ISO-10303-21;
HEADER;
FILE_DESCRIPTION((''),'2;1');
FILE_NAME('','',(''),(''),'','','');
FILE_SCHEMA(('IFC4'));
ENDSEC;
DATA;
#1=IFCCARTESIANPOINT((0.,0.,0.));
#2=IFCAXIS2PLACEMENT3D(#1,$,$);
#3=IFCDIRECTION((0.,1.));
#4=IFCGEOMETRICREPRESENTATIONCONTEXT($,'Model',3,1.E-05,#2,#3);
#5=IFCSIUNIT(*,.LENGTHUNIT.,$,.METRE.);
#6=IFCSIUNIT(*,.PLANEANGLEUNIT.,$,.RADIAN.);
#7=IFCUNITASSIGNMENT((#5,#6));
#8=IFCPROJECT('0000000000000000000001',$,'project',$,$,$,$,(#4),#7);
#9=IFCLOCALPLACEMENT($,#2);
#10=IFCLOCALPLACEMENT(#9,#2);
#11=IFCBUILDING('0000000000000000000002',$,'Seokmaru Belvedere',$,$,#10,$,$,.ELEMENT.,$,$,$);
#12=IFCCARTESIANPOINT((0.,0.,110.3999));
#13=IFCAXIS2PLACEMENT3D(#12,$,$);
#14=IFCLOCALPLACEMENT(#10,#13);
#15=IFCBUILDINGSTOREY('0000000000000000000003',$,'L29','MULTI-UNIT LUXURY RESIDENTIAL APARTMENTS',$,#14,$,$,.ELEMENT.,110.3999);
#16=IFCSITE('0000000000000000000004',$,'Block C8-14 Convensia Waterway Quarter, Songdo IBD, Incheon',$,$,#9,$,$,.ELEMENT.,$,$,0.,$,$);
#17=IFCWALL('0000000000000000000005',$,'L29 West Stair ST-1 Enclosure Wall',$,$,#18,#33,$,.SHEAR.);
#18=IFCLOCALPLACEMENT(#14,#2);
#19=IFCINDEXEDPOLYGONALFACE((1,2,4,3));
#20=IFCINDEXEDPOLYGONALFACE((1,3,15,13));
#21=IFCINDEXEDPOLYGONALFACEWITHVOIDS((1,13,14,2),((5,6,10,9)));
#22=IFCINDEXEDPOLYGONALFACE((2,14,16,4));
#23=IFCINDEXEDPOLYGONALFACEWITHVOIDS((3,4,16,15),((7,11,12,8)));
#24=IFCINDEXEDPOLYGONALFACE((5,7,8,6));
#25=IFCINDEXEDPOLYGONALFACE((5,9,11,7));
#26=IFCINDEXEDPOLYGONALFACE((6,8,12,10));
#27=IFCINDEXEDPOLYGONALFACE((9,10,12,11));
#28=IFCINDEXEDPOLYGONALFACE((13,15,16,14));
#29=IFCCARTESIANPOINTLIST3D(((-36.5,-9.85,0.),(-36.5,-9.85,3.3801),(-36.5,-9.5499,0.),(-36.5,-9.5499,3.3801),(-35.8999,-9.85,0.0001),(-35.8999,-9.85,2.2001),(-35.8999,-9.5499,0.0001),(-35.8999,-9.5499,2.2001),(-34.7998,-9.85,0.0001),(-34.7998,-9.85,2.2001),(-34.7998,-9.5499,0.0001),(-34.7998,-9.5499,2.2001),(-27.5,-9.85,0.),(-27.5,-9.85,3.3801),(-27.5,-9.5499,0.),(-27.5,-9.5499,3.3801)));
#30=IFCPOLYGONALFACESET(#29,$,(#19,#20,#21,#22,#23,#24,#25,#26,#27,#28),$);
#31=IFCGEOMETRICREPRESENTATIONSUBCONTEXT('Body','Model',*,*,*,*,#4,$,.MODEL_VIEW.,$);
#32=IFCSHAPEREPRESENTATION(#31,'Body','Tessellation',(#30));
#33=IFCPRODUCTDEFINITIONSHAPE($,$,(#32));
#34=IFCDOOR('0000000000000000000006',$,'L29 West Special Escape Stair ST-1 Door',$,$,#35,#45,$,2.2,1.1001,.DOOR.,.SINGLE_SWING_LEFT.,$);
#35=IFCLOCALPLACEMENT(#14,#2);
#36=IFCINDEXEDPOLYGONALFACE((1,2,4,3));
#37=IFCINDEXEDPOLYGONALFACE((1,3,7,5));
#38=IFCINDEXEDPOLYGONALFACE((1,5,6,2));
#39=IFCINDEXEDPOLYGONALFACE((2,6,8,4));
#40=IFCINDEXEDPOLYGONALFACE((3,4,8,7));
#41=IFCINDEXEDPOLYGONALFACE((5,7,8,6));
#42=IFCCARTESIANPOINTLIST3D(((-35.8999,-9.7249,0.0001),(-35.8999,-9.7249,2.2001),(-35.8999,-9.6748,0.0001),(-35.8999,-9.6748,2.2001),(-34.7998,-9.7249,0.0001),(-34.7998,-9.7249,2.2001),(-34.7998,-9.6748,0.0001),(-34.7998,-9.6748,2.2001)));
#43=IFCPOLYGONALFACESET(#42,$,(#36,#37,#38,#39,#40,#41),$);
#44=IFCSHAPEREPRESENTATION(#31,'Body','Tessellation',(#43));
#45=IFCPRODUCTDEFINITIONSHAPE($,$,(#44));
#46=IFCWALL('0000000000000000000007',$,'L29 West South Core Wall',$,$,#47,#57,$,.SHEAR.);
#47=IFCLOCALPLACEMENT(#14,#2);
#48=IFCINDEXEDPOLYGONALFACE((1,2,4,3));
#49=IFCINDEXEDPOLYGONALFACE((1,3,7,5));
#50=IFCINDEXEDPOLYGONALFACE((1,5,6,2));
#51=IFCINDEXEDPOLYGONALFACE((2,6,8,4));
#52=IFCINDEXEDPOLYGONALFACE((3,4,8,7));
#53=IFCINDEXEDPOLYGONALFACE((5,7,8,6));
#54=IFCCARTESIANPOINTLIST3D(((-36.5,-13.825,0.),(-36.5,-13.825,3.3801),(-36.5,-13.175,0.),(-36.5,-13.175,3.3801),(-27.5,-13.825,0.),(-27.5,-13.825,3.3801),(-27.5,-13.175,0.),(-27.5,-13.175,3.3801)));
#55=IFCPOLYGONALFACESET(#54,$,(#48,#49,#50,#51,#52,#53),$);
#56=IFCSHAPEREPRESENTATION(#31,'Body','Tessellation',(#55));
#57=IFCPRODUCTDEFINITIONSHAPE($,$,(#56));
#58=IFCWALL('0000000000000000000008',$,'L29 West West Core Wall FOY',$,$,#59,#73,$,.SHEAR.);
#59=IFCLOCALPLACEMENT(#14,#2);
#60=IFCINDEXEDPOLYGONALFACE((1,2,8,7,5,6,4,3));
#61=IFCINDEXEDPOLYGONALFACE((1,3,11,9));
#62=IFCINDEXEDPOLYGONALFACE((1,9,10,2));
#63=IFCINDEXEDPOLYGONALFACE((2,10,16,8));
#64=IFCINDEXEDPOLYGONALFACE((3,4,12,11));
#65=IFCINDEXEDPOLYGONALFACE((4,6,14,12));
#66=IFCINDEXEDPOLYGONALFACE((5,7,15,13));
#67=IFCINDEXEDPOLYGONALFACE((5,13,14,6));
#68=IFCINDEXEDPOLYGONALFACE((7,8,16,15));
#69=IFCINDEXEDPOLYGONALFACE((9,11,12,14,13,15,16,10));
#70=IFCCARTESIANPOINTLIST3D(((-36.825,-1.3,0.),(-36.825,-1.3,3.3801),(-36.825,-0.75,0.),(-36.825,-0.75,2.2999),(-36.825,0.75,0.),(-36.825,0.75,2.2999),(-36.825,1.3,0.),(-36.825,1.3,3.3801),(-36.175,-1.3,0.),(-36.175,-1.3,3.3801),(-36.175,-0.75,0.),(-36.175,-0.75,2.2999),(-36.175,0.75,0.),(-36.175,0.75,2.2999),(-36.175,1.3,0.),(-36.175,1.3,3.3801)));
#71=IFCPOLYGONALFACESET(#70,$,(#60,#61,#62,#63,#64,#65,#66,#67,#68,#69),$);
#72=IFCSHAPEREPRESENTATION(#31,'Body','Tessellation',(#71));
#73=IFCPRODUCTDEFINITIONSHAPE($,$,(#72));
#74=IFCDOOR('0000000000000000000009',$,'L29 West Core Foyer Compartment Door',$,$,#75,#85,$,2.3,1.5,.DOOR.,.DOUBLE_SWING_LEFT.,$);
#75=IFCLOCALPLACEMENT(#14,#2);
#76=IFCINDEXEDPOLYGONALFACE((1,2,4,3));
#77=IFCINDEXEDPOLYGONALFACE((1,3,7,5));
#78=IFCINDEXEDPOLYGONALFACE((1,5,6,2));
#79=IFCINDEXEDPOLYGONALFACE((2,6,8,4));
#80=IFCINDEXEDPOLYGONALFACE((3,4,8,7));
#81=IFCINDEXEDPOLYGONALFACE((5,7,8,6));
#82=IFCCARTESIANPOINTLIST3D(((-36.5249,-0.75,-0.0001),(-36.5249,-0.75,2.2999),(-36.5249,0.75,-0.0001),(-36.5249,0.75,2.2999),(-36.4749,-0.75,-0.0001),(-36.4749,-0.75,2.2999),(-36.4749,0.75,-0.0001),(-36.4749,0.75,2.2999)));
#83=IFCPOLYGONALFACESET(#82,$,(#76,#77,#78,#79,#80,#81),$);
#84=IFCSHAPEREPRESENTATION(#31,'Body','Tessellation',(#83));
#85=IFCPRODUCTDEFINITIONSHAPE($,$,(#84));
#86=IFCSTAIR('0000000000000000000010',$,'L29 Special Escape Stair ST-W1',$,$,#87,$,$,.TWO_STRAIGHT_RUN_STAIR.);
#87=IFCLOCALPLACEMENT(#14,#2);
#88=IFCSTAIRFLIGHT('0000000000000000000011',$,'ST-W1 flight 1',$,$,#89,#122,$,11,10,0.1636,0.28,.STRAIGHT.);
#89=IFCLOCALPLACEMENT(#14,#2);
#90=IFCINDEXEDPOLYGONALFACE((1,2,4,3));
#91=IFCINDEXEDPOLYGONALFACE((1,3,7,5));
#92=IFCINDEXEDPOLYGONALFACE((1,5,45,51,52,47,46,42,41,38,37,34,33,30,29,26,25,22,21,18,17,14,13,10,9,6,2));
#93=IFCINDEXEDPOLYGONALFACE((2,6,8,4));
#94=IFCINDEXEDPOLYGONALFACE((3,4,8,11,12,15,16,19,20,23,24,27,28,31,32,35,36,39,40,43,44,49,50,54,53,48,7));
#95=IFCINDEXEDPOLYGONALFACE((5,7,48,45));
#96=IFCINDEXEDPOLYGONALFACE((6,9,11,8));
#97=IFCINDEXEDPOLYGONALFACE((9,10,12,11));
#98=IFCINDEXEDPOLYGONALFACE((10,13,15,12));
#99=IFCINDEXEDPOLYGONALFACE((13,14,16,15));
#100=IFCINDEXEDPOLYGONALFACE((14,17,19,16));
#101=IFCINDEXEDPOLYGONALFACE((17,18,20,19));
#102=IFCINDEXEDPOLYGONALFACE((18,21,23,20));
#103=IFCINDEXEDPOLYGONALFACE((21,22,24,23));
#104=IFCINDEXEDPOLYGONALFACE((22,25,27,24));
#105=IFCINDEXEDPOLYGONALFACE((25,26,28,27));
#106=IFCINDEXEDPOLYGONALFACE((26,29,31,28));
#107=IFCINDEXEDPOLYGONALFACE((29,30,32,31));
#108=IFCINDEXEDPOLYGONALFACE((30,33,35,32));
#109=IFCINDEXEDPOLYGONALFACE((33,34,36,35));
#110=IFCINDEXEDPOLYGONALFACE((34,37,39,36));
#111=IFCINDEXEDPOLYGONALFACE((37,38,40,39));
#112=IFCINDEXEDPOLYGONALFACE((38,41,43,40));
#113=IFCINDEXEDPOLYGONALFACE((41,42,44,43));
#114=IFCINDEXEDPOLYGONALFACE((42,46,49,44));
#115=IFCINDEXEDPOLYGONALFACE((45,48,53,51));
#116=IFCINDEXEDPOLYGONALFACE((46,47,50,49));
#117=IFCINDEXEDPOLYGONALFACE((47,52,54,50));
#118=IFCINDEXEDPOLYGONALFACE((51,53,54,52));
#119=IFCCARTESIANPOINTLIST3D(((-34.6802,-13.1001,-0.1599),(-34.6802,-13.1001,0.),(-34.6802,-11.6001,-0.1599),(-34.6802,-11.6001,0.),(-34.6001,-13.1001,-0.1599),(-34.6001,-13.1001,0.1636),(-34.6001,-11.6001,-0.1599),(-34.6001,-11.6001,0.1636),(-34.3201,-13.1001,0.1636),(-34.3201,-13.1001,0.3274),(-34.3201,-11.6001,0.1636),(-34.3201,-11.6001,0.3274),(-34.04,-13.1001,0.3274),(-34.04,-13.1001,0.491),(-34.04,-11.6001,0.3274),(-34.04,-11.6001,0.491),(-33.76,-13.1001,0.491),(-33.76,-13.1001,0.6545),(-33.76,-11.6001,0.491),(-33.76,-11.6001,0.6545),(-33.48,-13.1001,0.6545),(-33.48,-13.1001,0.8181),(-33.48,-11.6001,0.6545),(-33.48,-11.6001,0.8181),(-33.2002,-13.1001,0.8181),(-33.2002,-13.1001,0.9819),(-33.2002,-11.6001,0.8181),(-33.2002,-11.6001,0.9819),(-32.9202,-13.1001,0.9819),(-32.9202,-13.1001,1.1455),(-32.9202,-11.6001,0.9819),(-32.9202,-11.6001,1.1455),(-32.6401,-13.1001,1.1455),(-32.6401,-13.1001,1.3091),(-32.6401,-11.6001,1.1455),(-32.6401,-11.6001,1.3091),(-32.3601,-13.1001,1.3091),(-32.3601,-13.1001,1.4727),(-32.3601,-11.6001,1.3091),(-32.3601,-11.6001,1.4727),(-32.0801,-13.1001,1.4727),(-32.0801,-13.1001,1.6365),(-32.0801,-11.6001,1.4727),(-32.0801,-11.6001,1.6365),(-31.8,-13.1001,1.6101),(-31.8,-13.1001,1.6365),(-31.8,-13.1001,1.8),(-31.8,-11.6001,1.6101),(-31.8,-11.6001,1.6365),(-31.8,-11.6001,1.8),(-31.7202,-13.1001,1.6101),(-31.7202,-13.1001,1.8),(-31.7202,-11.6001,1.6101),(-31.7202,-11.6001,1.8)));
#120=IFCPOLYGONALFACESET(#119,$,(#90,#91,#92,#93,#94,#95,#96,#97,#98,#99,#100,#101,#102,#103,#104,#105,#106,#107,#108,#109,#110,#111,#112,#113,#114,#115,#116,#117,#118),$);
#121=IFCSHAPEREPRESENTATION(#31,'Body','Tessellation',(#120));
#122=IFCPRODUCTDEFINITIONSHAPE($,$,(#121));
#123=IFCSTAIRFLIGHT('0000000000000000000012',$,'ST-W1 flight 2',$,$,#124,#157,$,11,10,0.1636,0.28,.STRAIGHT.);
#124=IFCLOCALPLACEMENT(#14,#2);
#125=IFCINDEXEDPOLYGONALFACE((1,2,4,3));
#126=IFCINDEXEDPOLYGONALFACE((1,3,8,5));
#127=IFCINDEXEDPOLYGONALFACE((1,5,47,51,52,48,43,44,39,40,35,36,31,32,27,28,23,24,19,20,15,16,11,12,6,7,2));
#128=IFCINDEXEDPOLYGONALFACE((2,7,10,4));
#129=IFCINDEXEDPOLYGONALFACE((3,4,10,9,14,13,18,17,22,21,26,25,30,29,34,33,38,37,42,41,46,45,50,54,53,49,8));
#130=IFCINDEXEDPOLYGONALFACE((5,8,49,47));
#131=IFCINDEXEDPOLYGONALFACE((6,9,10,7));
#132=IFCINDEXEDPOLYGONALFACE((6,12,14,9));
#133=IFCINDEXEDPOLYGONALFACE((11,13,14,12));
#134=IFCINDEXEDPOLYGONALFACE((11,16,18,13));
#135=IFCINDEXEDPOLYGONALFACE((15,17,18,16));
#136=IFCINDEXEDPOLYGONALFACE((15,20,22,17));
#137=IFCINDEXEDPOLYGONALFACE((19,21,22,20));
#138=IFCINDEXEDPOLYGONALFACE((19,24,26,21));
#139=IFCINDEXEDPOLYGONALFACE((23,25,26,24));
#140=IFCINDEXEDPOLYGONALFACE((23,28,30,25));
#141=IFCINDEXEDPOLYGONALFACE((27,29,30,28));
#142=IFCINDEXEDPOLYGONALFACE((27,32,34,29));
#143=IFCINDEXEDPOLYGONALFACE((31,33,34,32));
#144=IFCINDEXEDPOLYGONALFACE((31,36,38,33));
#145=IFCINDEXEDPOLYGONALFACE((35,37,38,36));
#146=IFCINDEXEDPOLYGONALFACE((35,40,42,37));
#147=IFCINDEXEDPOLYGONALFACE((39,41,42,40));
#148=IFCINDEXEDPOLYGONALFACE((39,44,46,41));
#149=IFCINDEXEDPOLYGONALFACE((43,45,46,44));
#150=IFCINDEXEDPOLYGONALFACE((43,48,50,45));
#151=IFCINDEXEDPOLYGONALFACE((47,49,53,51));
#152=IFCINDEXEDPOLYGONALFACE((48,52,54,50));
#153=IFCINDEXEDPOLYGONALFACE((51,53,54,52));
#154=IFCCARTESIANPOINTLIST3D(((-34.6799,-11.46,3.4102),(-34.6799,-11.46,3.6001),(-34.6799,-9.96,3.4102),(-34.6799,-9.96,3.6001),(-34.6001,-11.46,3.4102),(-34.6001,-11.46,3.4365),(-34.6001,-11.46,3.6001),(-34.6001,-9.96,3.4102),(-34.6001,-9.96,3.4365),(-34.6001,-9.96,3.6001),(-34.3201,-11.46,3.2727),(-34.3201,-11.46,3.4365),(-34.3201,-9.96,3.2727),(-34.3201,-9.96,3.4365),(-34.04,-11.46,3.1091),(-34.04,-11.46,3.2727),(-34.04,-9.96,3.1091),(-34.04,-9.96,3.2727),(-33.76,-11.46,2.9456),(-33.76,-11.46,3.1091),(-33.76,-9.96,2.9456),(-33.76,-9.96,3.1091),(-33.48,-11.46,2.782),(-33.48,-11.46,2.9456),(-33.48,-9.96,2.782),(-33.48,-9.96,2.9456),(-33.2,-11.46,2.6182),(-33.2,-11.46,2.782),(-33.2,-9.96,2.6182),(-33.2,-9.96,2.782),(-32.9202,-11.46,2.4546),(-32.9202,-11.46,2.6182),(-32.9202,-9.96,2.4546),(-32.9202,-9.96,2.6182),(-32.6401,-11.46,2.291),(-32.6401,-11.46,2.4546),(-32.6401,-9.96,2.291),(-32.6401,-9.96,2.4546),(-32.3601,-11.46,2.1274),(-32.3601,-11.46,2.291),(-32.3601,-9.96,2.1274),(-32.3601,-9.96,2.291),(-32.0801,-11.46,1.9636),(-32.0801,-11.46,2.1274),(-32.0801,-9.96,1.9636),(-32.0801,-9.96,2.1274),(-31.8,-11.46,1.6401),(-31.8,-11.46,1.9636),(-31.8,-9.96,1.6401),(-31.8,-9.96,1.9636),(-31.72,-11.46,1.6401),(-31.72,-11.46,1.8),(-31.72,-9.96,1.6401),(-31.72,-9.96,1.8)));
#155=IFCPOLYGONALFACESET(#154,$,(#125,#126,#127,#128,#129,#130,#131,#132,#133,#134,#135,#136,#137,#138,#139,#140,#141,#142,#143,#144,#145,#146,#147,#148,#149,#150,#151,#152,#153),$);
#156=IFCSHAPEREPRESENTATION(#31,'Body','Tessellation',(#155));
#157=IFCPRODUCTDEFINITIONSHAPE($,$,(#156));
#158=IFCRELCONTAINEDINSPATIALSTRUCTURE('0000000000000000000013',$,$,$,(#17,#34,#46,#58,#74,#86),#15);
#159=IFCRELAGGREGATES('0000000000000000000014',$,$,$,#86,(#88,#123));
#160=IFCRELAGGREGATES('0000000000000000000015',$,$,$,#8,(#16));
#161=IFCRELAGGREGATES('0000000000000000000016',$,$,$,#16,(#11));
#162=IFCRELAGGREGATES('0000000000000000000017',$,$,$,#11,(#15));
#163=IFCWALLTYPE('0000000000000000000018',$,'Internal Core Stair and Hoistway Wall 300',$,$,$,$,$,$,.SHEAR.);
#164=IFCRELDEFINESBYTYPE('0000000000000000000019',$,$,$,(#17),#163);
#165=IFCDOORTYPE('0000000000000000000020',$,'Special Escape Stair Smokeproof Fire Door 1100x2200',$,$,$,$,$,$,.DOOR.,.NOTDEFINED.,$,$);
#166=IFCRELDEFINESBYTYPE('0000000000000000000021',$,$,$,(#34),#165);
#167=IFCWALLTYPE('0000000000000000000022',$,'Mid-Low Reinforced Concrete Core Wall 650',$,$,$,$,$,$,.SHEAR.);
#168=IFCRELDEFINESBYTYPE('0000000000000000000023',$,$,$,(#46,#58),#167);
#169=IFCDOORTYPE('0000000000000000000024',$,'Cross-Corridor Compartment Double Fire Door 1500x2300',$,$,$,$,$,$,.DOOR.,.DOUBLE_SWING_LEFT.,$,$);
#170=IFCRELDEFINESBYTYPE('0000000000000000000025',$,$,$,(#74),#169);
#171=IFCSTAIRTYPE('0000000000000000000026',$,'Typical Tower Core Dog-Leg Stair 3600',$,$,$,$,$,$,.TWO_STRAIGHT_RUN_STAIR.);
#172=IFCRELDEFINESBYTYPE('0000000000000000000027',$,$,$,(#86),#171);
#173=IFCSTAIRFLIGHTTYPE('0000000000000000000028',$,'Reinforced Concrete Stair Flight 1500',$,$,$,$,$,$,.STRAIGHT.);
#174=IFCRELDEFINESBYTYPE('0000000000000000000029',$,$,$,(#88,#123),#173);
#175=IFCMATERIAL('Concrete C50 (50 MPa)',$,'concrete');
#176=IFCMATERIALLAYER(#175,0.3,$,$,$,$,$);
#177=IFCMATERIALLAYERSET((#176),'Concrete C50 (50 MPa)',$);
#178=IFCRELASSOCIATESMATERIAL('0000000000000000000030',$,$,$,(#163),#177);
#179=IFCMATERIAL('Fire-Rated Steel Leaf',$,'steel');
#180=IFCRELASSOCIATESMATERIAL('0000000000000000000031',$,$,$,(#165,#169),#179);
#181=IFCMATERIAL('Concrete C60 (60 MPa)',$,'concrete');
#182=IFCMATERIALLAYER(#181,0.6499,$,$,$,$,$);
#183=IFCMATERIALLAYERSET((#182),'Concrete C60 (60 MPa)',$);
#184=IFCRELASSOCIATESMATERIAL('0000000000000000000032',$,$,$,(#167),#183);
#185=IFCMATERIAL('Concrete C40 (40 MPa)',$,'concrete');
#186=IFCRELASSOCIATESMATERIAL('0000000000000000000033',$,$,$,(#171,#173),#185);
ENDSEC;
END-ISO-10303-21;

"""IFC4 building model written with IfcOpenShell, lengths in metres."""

from ifc_helpers import new_model, si_unit, direction, frame, frame_2d, origin, place, context, subcontext, project, spatial, polyline, rectangle, outline, extrude, source, transform, mapped, material, layer, layer_set, type_object, type_shapes, element, fill, aggregate, save


model = new_model("IFC4")

# Units and contexts
model_context = context("Model", 3, precision=1e-05, world=origin(), true_north=direction((0.0, 1.0)))
body_context = subcontext(model_context, "Body", "Model", "MODEL_VIEW")
ifc_project = project(units=[si_unit("LENGTHUNIT", "METRE"), si_unit("PLANEANGLEUNIT", "RADIAN")], contexts=[model_context])

# Site, building, storey
site_placement = place(None, origin())
site = spatial("IfcSite", under=ifc_project, at=site_placement, Name="Block C8-14 Convensia Waterway Quarter, Songdo IBD, Incheon", CompositionType="ELEMENT", RefElevation=0.0)
building_placement = place(site_placement, origin())
building = spatial("IfcBuilding", under=site, at=building_placement, Name="Seokmaru Belvedere", CompositionType="ELEMENT")
storey_placement = place(building_placement, frame((0.0, 0.0, 110.3999)))
storey = spatial("IfcBuildingStorey", under=building, at=storey_placement, Name="L29", Description="MULTI-UNIT LUXURY RESIDENTIAL APARTMENTS", CompositionType="ELEMENT", Elevation=110.3999)

# Shared definitions
ifc_material_1 = material(Name="Fire-Rated Steel Leaf", Category="steel")

# Wall, opening, door
ifc_material_2 = material(Name="Concrete C50 (50 MPa)", Category="concrete")
ifc_layer_1 = layer(ifc_material_2, 0.3)
ifc_layer_set_1 = layer_set([ifc_layer_1], Name="Concrete C50 (50 MPa)")
wall_type_1 = type_object("IfcWallType", Name="Internal Core Stair and Hoistway Wall 300", PredefinedType="SHEAR", material=ifc_layer_set_1)
wall_1_placement = place(storey_placement, frame((-36.5, -9.7, 0.0), z_axis=(0.0, 0.0, 1.0), x_axis=(1.0, 0.0, 0.0)))
wall_1 = element("IfcWall", 1, at=wall_1_placement, inside=storey, type_object=wall_type_1, Name="L29 West Stair ST-1 Enclosure Wall", PredefinedType="SHEAR", context=body_context, shape_type="SweptSolid", body=[
    extrude(rectangle(XDim=9.0, YDim=0.3, at=frame_2d((4.5, 0.0))), origin(), (0.0, 0.0, 1.0), 3.3801),
])
opening_1_placement = place(wall_1_placement, frame((0.6001, 0.0, 0.0)))
opening_1 = element("IfcOpeningElement", 2, at=opening_1_placement, cuts=wall_1, PredefinedType="OPENING", context=body_context, shape_type="SweptSolid", body=[
    extrude(rectangle(XDim=1.1001, YDim=2.2, at=frame_2d((0.55, 1.1001))), frame((0.0, 0.1602, 0.0), z_axis=(0.0, -1.0, 0.0), x_axis=(1.0, 0.0, 0.0)), (0.0, 0.0, 1.0), 0.3201),
])
door_type_1 = type_object("IfcDoorType", Name="Special Escape Stair Smokeproof Fire Door 1100x2200", OperationType="NOTDEFINED", PredefinedType="DOOR", material=ifc_material_1)
shared_shape_1 = source(origin(), body_context, "Body", "SweptSolid", [
    extrude(rectangle(XDim=1.1001, YDim=2.2, at=frame_2d((0.55, 1.1001))), frame((0.0, 0.0249, 0.0), z_axis=(0.0, -1.0, 0.0), x_axis=(1.0, 0.0, 0.0)), (0.0, 0.0, 1.0), 0.05),
])
type_shapes(door_type_1, [shared_shape_1])
door_1_placement = place(opening_1_placement, frame((1.1001, 0.0, 0.0), z_axis=(0.0, 0.0, 1.0), x_axis=(-1.0, 0.0, 0.0)))
door_1 = element("IfcDoor", 3, at=door_1_placement, inside=storey, type_object=door_type_1, Name="L29 West Special Escape Stair ST-1 Door", OperationType="SINGLE_SWING_LEFT", OverallHeight=2.2, OverallWidth=1.1001, PredefinedType="DOOR", context=body_context, shape_type="MappedRepresentation", body=[
    mapped(shared_shape_1, transform((0.0, 0.0, 0.0), scale=1.0)),
])
fill(opening_1, door_1)

# Wall
ifc_material_3 = material(Name="Concrete C60 (60 MPa)", Category="concrete")
ifc_layer_2 = layer(ifc_material_3, 0.6499)
ifc_layer_set_2 = layer_set([ifc_layer_2], Name="Concrete C60 (60 MPa)")
wall_type_2 = type_object("IfcWallType", Name="Mid-Low Reinforced Concrete Core Wall 650", PredefinedType="SHEAR", material=ifc_layer_set_2)
wall_2_placement = place(storey_placement, frame((-36.5, -13.5, 0.0), z_axis=(0.0, 0.0, 1.0), x_axis=(1.0, 0.0, 0.0)))
element("IfcWall", 4, at=wall_2_placement, inside=storey, type_object=wall_type_2, Name="L29 West South Core Wall", PredefinedType="SHEAR", context=body_context, shape_type="SweptSolid", body=[
    extrude(rectangle(XDim=9.0, YDim=0.6499, at=frame_2d((4.5, 0.0))), origin(), (0.0, 0.0, 1.0), 3.3801),
])

# Wall, opening, door
wall_3_placement = place(storey_placement, frame((-36.5, -1.3, 0.0), z_axis=(0.0, 0.0, 1.0), x_axis=(0.0, 1.0, 0.0)))
wall_3 = element("IfcWall", 5, at=wall_3_placement, inside=storey, type_object=wall_type_2, Name="L29 West West Core Wall FOY", PredefinedType="SHEAR", context=body_context, shape_type="SweptSolid", body=[
    extrude(rectangle(XDim=2.6001, YDim=0.6499, at=frame_2d((1.3, 0.0))), origin(), (0.0, 0.0, 1.0), 3.3801),
])
opening_2_placement = place(wall_3_placement, frame((0.55, 0.0, 0.0)))
opening_2 = element("IfcOpeningElement", 6, at=opening_2_placement, cuts=wall_3, PredefinedType="OPENING", context=body_context, shape_type="SweptSolid", body=[
    extrude(rectangle(XDim=1.5, YDim=2.3, at=frame_2d((0.75, 1.1499))), frame((0.0, 0.335, 0.0), z_axis=(0.0, -1.0, 0.0), x_axis=(1.0, 0.0, 0.0)), (0.0, 0.0, 1.0), 0.6699),
])
door_type_2 = type_object("IfcDoorType", Name="Cross-Corridor Compartment Double Fire Door 1500x2300", OperationType="DOUBLE_SWING_LEFT", PredefinedType="DOOR", material=ifc_material_1)
shared_shape_2 = source(origin(), body_context, "Body", "SweptSolid", [
    extrude(rectangle(XDim=1.5, YDim=2.3, at=frame_2d((0.75, 1.1499))), frame((0.0, 0.0249, 0.0), z_axis=(0.0, -1.0, 0.0), x_axis=(1.0, 0.0, 0.0)), (0.0, 0.0, 1.0), 0.05),
])
type_shapes(door_type_2, [shared_shape_2])
door_2_placement = place(opening_2_placement, origin())
door_2 = element("IfcDoor", 7, at=door_2_placement, inside=storey, type_object=door_type_2, Name="L29 West Core Foyer Compartment Door", OperationType="DOUBLE_SWING_LEFT", OverallHeight=2.3, OverallWidth=1.5, PredefinedType="DOOR", context=body_context, shape_type="MappedRepresentation", body=[
    mapped(shared_shape_2, transform((0.0, 0.0, 0.0), scale=1.0)),
])
fill(opening_2, door_2)

# Stair, stair flights
ifc_material_4 = material(Name="Concrete C40 (40 MPa)", Category="concrete")
stair_type = type_object("IfcStairType", Name="Typical Tower Core Dog-Leg Stair 3600", PredefinedType="TWO_STRAIGHT_RUN_STAIR", material=ifc_material_4)
stair_placement = place(storey_placement, origin())
stair = element("IfcStair", 8, at=stair_placement, inside=storey, type_object=stair_type, Name="L29 Special Escape Stair ST-W1", PredefinedType="TWO_STRAIGHT_RUN_STAIR")
stair_flight_type = type_object("IfcStairFlightType", Name="Reinforced Concrete Stair Flight 1500", PredefinedType="STRAIGHT", material=ifc_material_4)
stair_flight_1_placement = place(storey_placement, frame((-34.6001, -12.3501, 0.0), z_axis=(0.0, 0.0, 1.0), x_axis=(1.0, 0.0, 0.0)))
stair_flight_1 = element("IfcStairFlight", 9, at=stair_flight_1_placement, type_object=stair_flight_type, Name="ST-W1 flight 1", NumberOfRisers=11, NumberOfTreads=10, PredefinedType="STRAIGHT", RiserHeight=0.1636, TreadLength=0.28, context=body_context, shape_type="SweptSolid", body=[
    extrude(outline(polyline([(-0.0801, 0.0), (0.0, 0.1636), (0.28, 0.1636), (0.28, 0.3274), (0.5601, 0.3274), (0.5601, 0.491), (0.8401, 0.491), (0.8401, 0.6545), (1.1201, 0.6545), (1.1201, 0.8181), (1.3999, 0.8181), (1.3999, 0.9819), (1.6799, 0.9819), (1.6799, 1.1455), (1.96, 1.1455), (1.96, 1.3091), (2.24, 1.3091), (2.24, 1.4727), (2.52, 1.4727), (2.52, 1.6365), (2.8, 1.6365), (2.8, 1.8), (2.8799, 1.8), (2.8799, 1.6101), (2.8, 1.6101), (0.0, -0.1599), (-0.0801, -0.1599), (-0.0801, 0.0)])), frame((0.0, 0.75, 0.0), z_axis=(0.0, -1.0, 0.0), x_axis=(1.0, 0.0, 0.0)), (0.0, 0.0, 1.0), 1.5),
])
stair_flight_2_placement = place(storey_placement, frame((-31.8, -10.71, 1.8), z_axis=(0.0, 0.0, 1.0), x_axis=(-1.0, 0.0, 0.0)))
stair_flight_2 = element("IfcStairFlight", 10, at=stair_flight_2_placement, type_object=stair_flight_type, Name="ST-W1 flight 2", NumberOfRisers=11, NumberOfTreads=10, PredefinedType="STRAIGHT", RiserHeight=0.1636, TreadLength=0.28, context=body_context, shape_type="SweptSolid", body=[
    extrude(outline(polyline([(-0.0801, 0.0), (0.0, 0.1636), (0.28, 0.1636), (0.28, 0.3274), (0.5601, 0.3274), (0.5601, 0.491), (0.8401, 0.491), (0.8401, 0.6545), (1.1201, 0.6545), (1.1201, 0.8181), (1.3999, 0.8181), (1.3999, 0.9819), (1.6799, 0.9819), (1.6799, 1.1455), (1.96, 1.1455), (1.96, 1.3091), (2.24, 1.3091), (2.24, 1.4727), (2.52, 1.4727), (2.52, 1.6365), (2.8, 1.6365), (2.8, 1.8), (2.8799, 1.8), (2.8799, 1.6101), (2.8, 1.6101), (0.0, -0.1599), (-0.0801, -0.1599), (-0.0801, 0.0)])), frame((0.0, 0.75, 0.0), z_axis=(0.0, -1.0, 0.0), x_axis=(1.0, 0.0, 0.0)), (0.0, 0.0, 1.0), 1.5),
])
aggregate(stair, [stair_flight_1, stair_flight_2])

save(model, "model.ifc")
